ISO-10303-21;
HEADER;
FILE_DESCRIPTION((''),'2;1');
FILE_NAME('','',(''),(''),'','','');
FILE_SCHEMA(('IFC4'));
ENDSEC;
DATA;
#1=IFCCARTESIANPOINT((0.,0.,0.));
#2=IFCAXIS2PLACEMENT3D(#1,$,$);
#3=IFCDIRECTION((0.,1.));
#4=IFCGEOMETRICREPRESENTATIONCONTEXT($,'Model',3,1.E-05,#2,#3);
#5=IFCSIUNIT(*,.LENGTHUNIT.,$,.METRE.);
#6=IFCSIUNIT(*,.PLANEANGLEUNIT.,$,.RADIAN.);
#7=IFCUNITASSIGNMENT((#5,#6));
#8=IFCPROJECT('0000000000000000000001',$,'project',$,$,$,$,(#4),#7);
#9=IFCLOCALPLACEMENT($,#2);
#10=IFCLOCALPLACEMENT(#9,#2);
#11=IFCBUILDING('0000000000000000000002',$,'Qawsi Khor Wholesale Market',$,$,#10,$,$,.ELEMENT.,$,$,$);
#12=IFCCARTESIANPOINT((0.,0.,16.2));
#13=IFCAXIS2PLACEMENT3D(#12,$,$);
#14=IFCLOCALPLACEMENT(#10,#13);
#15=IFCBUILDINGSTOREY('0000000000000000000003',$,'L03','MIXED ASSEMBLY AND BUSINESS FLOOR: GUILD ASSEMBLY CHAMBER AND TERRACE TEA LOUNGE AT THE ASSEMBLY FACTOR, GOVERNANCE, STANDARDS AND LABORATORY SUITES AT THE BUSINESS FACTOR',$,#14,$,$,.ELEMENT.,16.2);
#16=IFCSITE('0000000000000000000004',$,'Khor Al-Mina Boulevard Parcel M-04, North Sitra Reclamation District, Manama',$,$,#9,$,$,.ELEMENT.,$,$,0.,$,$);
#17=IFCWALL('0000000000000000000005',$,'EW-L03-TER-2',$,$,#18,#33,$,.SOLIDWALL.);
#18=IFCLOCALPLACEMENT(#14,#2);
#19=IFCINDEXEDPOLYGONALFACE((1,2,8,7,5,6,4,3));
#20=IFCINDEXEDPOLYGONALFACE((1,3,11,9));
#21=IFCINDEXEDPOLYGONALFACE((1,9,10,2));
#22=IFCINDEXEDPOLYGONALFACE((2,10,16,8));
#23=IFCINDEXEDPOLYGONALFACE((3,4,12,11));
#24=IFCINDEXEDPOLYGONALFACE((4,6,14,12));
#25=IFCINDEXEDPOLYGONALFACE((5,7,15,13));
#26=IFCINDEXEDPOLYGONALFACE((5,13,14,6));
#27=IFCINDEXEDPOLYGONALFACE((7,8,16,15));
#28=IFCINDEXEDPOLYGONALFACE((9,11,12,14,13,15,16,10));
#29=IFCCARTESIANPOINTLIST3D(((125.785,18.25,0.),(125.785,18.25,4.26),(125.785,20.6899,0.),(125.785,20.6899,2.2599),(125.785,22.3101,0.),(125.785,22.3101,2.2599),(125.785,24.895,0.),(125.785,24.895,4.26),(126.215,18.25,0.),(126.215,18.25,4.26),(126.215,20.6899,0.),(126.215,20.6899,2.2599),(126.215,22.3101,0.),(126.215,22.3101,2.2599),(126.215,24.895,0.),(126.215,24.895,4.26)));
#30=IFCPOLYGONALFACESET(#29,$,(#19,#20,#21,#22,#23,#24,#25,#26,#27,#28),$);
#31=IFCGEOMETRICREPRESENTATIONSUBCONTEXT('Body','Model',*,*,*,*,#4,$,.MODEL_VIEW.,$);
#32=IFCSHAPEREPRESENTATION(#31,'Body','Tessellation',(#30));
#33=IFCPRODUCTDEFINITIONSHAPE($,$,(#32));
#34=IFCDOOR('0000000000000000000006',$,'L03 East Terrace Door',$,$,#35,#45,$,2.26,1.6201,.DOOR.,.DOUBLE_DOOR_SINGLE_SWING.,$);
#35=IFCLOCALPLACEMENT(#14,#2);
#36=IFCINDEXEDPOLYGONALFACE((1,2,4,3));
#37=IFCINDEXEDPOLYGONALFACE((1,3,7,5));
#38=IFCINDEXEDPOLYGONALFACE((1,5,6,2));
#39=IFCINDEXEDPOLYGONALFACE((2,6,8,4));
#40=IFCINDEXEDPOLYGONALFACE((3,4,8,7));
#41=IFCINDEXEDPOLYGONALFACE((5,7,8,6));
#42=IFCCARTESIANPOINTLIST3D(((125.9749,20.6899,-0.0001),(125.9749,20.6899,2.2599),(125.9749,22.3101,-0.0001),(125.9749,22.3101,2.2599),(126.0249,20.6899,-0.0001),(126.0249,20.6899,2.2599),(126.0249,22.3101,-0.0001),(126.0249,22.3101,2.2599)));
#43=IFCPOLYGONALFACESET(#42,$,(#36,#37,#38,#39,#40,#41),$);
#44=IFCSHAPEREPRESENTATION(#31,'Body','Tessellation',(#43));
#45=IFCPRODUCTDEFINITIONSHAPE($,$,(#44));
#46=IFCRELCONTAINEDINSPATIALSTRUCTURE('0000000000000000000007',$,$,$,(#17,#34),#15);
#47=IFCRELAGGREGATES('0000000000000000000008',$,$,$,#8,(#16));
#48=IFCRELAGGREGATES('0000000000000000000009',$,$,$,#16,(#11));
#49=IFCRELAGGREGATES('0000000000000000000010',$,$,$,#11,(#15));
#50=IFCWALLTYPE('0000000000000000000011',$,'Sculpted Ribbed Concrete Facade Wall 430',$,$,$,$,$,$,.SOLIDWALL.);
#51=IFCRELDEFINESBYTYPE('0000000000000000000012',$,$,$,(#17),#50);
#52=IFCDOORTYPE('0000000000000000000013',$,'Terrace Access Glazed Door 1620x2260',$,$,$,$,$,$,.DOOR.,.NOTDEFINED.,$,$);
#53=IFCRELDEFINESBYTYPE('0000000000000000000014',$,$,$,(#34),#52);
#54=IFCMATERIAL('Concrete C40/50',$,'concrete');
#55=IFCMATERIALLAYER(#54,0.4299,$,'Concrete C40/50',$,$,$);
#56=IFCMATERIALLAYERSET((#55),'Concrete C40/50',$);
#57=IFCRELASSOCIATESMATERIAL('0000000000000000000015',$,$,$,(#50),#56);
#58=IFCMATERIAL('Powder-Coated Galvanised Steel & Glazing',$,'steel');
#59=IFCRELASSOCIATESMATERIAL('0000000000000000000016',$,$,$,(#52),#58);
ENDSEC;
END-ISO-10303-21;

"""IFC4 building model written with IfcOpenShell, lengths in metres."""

from ifc_helpers import new_model, si_unit, direction, frame, frame_2d, origin, place, context, subcontext, project, spatial, rectangle, extrude, material, layer, layer_set, type_object, element, fill, save


model = new_model("IFC4")

# Units and contexts
model_context = context("Model", 3, precision=1e-05, world=origin(), true_north=direction((0.0, 1.0)))
body_context = subcontext(model_context, "Body", "Model", "MODEL_VIEW")
ifc_project = project(units=[si_unit("LENGTHUNIT", "METRE"), si_unit("PLANEANGLEUNIT", "RADIAN")], contexts=[model_context])

# Site, building, storey
site_placement = place(None, origin())
site = spatial("IfcSite", under=ifc_project, at=site_placement, Name="Khor Al-Mina Boulevard Parcel M-04, North Sitra Reclamation District, Manama", CompositionType="ELEMENT", RefElevation=0.0)
building_placement = place(site_placement, origin())
building = spatial("IfcBuilding", under=site, at=building_placement, Name="Qawsi Khor Wholesale Market", CompositionType="ELEMENT")
storey_placement = place(building_placement, frame((0.0, 0.0, 16.2)))
storey = spatial("IfcBuildingStorey", under=building, at=storey_placement, Name="L03", Description="MIXED ASSEMBLY AND BUSINESS FLOOR: GUILD ASSEMBLY CHAMBER AND TERRACE TEA LOUNGE AT THE ASSEMBLY FACTOR, GOVERNANCE, STANDARDS AND LABORATORY SUITES AT THE BUSINESS FACTOR", CompositionType="ELEMENT", Elevation=16.2)

# Shared definitions
ifc_material_1 = material(Name="Concrete C40/50", Category="concrete")

# Wall, opening, door
ifc_layer_1 = layer(ifc_material_1, 0.4299, Name="Concrete C40/50")
ifc_layer_set_1 = layer_set([ifc_layer_1], Name="Concrete C40/50")
wall_type_1 = type_object("IfcWallType", Name="Sculpted Ribbed Concrete Facade Wall 430", PredefinedType="SOLIDWALL", material=ifc_layer_set_1)
wall_1_placement = place(storey_placement, frame((126.0, 24.895, 0.0), z_axis=(0.0, 0.0, 1.0), x_axis=(0.0, -1.0, 0.0)))
wall_1 = element("IfcWall", 1, at=wall_1_placement, inside=storey, type_object=wall_type_1, Name="EW-L03-TER-2", PredefinedType="SOLIDWALL", context=body_context, shape_type="SweptSolid", body=[
    extrude(rectangle(XDim=6.645, YDim=0.4299, at=frame_2d((3.3225, 0.0))), origin(), (0.0, 0.0, 1.0), 4.26),
])
opening_placement = place(wall_1_placement, frame((2.585, 0.0, 0.0)))
opening = element("IfcOpeningElement", 2, at=opening_placement, cuts=wall_1, PredefinedType="OPENING", context=body_context, shape_type="SweptSolid", body=[
    extrude(rectangle(XDim=1.6201, YDim=2.26, at=frame_2d((0.8101, 1.1299))), frame((0.0, 0.2249, 0.0), z_axis=(0.0, -1.0, 0.0), x_axis=(1.0, 0.0, 0.0)), (0.0, 0.0, 1.0), 0.45),
])
ifc_material_2 = material(Name="Powder-Coated Galvanised Steel & Glazing", Category="steel")
door_type = type_object("IfcDoorType", Name="Terrace Access Glazed Door 1620x2260", OperationType="NOTDEFINED", PredefinedType="DOOR", material=ifc_material_2)
door_placement = place(opening_placement, origin())
door = element("IfcDoor", 3, at=door_placement, inside=storey, type_object=door_type, Name="L03 East Terrace Door", OperationType="DOUBLE_DOOR_SINGLE_SWING", OverallHeight=2.26, OverallWidth=1.6201, PredefinedType="DOOR", context=body_context, shape_type="SweptSolid", body=[
    extrude(rectangle(XDim=1.6201, YDim=2.26, at=frame_2d((0.8101, 1.1299))), frame((0.0, 0.0249, 0.0), z_axis=(0.0, -1.0, 0.0), x_axis=(1.0, 0.0, 0.0)), (0.0, 0.0, 1.0), 0.05),
])
fill(opening, door)

save(model, "model.ifc")
